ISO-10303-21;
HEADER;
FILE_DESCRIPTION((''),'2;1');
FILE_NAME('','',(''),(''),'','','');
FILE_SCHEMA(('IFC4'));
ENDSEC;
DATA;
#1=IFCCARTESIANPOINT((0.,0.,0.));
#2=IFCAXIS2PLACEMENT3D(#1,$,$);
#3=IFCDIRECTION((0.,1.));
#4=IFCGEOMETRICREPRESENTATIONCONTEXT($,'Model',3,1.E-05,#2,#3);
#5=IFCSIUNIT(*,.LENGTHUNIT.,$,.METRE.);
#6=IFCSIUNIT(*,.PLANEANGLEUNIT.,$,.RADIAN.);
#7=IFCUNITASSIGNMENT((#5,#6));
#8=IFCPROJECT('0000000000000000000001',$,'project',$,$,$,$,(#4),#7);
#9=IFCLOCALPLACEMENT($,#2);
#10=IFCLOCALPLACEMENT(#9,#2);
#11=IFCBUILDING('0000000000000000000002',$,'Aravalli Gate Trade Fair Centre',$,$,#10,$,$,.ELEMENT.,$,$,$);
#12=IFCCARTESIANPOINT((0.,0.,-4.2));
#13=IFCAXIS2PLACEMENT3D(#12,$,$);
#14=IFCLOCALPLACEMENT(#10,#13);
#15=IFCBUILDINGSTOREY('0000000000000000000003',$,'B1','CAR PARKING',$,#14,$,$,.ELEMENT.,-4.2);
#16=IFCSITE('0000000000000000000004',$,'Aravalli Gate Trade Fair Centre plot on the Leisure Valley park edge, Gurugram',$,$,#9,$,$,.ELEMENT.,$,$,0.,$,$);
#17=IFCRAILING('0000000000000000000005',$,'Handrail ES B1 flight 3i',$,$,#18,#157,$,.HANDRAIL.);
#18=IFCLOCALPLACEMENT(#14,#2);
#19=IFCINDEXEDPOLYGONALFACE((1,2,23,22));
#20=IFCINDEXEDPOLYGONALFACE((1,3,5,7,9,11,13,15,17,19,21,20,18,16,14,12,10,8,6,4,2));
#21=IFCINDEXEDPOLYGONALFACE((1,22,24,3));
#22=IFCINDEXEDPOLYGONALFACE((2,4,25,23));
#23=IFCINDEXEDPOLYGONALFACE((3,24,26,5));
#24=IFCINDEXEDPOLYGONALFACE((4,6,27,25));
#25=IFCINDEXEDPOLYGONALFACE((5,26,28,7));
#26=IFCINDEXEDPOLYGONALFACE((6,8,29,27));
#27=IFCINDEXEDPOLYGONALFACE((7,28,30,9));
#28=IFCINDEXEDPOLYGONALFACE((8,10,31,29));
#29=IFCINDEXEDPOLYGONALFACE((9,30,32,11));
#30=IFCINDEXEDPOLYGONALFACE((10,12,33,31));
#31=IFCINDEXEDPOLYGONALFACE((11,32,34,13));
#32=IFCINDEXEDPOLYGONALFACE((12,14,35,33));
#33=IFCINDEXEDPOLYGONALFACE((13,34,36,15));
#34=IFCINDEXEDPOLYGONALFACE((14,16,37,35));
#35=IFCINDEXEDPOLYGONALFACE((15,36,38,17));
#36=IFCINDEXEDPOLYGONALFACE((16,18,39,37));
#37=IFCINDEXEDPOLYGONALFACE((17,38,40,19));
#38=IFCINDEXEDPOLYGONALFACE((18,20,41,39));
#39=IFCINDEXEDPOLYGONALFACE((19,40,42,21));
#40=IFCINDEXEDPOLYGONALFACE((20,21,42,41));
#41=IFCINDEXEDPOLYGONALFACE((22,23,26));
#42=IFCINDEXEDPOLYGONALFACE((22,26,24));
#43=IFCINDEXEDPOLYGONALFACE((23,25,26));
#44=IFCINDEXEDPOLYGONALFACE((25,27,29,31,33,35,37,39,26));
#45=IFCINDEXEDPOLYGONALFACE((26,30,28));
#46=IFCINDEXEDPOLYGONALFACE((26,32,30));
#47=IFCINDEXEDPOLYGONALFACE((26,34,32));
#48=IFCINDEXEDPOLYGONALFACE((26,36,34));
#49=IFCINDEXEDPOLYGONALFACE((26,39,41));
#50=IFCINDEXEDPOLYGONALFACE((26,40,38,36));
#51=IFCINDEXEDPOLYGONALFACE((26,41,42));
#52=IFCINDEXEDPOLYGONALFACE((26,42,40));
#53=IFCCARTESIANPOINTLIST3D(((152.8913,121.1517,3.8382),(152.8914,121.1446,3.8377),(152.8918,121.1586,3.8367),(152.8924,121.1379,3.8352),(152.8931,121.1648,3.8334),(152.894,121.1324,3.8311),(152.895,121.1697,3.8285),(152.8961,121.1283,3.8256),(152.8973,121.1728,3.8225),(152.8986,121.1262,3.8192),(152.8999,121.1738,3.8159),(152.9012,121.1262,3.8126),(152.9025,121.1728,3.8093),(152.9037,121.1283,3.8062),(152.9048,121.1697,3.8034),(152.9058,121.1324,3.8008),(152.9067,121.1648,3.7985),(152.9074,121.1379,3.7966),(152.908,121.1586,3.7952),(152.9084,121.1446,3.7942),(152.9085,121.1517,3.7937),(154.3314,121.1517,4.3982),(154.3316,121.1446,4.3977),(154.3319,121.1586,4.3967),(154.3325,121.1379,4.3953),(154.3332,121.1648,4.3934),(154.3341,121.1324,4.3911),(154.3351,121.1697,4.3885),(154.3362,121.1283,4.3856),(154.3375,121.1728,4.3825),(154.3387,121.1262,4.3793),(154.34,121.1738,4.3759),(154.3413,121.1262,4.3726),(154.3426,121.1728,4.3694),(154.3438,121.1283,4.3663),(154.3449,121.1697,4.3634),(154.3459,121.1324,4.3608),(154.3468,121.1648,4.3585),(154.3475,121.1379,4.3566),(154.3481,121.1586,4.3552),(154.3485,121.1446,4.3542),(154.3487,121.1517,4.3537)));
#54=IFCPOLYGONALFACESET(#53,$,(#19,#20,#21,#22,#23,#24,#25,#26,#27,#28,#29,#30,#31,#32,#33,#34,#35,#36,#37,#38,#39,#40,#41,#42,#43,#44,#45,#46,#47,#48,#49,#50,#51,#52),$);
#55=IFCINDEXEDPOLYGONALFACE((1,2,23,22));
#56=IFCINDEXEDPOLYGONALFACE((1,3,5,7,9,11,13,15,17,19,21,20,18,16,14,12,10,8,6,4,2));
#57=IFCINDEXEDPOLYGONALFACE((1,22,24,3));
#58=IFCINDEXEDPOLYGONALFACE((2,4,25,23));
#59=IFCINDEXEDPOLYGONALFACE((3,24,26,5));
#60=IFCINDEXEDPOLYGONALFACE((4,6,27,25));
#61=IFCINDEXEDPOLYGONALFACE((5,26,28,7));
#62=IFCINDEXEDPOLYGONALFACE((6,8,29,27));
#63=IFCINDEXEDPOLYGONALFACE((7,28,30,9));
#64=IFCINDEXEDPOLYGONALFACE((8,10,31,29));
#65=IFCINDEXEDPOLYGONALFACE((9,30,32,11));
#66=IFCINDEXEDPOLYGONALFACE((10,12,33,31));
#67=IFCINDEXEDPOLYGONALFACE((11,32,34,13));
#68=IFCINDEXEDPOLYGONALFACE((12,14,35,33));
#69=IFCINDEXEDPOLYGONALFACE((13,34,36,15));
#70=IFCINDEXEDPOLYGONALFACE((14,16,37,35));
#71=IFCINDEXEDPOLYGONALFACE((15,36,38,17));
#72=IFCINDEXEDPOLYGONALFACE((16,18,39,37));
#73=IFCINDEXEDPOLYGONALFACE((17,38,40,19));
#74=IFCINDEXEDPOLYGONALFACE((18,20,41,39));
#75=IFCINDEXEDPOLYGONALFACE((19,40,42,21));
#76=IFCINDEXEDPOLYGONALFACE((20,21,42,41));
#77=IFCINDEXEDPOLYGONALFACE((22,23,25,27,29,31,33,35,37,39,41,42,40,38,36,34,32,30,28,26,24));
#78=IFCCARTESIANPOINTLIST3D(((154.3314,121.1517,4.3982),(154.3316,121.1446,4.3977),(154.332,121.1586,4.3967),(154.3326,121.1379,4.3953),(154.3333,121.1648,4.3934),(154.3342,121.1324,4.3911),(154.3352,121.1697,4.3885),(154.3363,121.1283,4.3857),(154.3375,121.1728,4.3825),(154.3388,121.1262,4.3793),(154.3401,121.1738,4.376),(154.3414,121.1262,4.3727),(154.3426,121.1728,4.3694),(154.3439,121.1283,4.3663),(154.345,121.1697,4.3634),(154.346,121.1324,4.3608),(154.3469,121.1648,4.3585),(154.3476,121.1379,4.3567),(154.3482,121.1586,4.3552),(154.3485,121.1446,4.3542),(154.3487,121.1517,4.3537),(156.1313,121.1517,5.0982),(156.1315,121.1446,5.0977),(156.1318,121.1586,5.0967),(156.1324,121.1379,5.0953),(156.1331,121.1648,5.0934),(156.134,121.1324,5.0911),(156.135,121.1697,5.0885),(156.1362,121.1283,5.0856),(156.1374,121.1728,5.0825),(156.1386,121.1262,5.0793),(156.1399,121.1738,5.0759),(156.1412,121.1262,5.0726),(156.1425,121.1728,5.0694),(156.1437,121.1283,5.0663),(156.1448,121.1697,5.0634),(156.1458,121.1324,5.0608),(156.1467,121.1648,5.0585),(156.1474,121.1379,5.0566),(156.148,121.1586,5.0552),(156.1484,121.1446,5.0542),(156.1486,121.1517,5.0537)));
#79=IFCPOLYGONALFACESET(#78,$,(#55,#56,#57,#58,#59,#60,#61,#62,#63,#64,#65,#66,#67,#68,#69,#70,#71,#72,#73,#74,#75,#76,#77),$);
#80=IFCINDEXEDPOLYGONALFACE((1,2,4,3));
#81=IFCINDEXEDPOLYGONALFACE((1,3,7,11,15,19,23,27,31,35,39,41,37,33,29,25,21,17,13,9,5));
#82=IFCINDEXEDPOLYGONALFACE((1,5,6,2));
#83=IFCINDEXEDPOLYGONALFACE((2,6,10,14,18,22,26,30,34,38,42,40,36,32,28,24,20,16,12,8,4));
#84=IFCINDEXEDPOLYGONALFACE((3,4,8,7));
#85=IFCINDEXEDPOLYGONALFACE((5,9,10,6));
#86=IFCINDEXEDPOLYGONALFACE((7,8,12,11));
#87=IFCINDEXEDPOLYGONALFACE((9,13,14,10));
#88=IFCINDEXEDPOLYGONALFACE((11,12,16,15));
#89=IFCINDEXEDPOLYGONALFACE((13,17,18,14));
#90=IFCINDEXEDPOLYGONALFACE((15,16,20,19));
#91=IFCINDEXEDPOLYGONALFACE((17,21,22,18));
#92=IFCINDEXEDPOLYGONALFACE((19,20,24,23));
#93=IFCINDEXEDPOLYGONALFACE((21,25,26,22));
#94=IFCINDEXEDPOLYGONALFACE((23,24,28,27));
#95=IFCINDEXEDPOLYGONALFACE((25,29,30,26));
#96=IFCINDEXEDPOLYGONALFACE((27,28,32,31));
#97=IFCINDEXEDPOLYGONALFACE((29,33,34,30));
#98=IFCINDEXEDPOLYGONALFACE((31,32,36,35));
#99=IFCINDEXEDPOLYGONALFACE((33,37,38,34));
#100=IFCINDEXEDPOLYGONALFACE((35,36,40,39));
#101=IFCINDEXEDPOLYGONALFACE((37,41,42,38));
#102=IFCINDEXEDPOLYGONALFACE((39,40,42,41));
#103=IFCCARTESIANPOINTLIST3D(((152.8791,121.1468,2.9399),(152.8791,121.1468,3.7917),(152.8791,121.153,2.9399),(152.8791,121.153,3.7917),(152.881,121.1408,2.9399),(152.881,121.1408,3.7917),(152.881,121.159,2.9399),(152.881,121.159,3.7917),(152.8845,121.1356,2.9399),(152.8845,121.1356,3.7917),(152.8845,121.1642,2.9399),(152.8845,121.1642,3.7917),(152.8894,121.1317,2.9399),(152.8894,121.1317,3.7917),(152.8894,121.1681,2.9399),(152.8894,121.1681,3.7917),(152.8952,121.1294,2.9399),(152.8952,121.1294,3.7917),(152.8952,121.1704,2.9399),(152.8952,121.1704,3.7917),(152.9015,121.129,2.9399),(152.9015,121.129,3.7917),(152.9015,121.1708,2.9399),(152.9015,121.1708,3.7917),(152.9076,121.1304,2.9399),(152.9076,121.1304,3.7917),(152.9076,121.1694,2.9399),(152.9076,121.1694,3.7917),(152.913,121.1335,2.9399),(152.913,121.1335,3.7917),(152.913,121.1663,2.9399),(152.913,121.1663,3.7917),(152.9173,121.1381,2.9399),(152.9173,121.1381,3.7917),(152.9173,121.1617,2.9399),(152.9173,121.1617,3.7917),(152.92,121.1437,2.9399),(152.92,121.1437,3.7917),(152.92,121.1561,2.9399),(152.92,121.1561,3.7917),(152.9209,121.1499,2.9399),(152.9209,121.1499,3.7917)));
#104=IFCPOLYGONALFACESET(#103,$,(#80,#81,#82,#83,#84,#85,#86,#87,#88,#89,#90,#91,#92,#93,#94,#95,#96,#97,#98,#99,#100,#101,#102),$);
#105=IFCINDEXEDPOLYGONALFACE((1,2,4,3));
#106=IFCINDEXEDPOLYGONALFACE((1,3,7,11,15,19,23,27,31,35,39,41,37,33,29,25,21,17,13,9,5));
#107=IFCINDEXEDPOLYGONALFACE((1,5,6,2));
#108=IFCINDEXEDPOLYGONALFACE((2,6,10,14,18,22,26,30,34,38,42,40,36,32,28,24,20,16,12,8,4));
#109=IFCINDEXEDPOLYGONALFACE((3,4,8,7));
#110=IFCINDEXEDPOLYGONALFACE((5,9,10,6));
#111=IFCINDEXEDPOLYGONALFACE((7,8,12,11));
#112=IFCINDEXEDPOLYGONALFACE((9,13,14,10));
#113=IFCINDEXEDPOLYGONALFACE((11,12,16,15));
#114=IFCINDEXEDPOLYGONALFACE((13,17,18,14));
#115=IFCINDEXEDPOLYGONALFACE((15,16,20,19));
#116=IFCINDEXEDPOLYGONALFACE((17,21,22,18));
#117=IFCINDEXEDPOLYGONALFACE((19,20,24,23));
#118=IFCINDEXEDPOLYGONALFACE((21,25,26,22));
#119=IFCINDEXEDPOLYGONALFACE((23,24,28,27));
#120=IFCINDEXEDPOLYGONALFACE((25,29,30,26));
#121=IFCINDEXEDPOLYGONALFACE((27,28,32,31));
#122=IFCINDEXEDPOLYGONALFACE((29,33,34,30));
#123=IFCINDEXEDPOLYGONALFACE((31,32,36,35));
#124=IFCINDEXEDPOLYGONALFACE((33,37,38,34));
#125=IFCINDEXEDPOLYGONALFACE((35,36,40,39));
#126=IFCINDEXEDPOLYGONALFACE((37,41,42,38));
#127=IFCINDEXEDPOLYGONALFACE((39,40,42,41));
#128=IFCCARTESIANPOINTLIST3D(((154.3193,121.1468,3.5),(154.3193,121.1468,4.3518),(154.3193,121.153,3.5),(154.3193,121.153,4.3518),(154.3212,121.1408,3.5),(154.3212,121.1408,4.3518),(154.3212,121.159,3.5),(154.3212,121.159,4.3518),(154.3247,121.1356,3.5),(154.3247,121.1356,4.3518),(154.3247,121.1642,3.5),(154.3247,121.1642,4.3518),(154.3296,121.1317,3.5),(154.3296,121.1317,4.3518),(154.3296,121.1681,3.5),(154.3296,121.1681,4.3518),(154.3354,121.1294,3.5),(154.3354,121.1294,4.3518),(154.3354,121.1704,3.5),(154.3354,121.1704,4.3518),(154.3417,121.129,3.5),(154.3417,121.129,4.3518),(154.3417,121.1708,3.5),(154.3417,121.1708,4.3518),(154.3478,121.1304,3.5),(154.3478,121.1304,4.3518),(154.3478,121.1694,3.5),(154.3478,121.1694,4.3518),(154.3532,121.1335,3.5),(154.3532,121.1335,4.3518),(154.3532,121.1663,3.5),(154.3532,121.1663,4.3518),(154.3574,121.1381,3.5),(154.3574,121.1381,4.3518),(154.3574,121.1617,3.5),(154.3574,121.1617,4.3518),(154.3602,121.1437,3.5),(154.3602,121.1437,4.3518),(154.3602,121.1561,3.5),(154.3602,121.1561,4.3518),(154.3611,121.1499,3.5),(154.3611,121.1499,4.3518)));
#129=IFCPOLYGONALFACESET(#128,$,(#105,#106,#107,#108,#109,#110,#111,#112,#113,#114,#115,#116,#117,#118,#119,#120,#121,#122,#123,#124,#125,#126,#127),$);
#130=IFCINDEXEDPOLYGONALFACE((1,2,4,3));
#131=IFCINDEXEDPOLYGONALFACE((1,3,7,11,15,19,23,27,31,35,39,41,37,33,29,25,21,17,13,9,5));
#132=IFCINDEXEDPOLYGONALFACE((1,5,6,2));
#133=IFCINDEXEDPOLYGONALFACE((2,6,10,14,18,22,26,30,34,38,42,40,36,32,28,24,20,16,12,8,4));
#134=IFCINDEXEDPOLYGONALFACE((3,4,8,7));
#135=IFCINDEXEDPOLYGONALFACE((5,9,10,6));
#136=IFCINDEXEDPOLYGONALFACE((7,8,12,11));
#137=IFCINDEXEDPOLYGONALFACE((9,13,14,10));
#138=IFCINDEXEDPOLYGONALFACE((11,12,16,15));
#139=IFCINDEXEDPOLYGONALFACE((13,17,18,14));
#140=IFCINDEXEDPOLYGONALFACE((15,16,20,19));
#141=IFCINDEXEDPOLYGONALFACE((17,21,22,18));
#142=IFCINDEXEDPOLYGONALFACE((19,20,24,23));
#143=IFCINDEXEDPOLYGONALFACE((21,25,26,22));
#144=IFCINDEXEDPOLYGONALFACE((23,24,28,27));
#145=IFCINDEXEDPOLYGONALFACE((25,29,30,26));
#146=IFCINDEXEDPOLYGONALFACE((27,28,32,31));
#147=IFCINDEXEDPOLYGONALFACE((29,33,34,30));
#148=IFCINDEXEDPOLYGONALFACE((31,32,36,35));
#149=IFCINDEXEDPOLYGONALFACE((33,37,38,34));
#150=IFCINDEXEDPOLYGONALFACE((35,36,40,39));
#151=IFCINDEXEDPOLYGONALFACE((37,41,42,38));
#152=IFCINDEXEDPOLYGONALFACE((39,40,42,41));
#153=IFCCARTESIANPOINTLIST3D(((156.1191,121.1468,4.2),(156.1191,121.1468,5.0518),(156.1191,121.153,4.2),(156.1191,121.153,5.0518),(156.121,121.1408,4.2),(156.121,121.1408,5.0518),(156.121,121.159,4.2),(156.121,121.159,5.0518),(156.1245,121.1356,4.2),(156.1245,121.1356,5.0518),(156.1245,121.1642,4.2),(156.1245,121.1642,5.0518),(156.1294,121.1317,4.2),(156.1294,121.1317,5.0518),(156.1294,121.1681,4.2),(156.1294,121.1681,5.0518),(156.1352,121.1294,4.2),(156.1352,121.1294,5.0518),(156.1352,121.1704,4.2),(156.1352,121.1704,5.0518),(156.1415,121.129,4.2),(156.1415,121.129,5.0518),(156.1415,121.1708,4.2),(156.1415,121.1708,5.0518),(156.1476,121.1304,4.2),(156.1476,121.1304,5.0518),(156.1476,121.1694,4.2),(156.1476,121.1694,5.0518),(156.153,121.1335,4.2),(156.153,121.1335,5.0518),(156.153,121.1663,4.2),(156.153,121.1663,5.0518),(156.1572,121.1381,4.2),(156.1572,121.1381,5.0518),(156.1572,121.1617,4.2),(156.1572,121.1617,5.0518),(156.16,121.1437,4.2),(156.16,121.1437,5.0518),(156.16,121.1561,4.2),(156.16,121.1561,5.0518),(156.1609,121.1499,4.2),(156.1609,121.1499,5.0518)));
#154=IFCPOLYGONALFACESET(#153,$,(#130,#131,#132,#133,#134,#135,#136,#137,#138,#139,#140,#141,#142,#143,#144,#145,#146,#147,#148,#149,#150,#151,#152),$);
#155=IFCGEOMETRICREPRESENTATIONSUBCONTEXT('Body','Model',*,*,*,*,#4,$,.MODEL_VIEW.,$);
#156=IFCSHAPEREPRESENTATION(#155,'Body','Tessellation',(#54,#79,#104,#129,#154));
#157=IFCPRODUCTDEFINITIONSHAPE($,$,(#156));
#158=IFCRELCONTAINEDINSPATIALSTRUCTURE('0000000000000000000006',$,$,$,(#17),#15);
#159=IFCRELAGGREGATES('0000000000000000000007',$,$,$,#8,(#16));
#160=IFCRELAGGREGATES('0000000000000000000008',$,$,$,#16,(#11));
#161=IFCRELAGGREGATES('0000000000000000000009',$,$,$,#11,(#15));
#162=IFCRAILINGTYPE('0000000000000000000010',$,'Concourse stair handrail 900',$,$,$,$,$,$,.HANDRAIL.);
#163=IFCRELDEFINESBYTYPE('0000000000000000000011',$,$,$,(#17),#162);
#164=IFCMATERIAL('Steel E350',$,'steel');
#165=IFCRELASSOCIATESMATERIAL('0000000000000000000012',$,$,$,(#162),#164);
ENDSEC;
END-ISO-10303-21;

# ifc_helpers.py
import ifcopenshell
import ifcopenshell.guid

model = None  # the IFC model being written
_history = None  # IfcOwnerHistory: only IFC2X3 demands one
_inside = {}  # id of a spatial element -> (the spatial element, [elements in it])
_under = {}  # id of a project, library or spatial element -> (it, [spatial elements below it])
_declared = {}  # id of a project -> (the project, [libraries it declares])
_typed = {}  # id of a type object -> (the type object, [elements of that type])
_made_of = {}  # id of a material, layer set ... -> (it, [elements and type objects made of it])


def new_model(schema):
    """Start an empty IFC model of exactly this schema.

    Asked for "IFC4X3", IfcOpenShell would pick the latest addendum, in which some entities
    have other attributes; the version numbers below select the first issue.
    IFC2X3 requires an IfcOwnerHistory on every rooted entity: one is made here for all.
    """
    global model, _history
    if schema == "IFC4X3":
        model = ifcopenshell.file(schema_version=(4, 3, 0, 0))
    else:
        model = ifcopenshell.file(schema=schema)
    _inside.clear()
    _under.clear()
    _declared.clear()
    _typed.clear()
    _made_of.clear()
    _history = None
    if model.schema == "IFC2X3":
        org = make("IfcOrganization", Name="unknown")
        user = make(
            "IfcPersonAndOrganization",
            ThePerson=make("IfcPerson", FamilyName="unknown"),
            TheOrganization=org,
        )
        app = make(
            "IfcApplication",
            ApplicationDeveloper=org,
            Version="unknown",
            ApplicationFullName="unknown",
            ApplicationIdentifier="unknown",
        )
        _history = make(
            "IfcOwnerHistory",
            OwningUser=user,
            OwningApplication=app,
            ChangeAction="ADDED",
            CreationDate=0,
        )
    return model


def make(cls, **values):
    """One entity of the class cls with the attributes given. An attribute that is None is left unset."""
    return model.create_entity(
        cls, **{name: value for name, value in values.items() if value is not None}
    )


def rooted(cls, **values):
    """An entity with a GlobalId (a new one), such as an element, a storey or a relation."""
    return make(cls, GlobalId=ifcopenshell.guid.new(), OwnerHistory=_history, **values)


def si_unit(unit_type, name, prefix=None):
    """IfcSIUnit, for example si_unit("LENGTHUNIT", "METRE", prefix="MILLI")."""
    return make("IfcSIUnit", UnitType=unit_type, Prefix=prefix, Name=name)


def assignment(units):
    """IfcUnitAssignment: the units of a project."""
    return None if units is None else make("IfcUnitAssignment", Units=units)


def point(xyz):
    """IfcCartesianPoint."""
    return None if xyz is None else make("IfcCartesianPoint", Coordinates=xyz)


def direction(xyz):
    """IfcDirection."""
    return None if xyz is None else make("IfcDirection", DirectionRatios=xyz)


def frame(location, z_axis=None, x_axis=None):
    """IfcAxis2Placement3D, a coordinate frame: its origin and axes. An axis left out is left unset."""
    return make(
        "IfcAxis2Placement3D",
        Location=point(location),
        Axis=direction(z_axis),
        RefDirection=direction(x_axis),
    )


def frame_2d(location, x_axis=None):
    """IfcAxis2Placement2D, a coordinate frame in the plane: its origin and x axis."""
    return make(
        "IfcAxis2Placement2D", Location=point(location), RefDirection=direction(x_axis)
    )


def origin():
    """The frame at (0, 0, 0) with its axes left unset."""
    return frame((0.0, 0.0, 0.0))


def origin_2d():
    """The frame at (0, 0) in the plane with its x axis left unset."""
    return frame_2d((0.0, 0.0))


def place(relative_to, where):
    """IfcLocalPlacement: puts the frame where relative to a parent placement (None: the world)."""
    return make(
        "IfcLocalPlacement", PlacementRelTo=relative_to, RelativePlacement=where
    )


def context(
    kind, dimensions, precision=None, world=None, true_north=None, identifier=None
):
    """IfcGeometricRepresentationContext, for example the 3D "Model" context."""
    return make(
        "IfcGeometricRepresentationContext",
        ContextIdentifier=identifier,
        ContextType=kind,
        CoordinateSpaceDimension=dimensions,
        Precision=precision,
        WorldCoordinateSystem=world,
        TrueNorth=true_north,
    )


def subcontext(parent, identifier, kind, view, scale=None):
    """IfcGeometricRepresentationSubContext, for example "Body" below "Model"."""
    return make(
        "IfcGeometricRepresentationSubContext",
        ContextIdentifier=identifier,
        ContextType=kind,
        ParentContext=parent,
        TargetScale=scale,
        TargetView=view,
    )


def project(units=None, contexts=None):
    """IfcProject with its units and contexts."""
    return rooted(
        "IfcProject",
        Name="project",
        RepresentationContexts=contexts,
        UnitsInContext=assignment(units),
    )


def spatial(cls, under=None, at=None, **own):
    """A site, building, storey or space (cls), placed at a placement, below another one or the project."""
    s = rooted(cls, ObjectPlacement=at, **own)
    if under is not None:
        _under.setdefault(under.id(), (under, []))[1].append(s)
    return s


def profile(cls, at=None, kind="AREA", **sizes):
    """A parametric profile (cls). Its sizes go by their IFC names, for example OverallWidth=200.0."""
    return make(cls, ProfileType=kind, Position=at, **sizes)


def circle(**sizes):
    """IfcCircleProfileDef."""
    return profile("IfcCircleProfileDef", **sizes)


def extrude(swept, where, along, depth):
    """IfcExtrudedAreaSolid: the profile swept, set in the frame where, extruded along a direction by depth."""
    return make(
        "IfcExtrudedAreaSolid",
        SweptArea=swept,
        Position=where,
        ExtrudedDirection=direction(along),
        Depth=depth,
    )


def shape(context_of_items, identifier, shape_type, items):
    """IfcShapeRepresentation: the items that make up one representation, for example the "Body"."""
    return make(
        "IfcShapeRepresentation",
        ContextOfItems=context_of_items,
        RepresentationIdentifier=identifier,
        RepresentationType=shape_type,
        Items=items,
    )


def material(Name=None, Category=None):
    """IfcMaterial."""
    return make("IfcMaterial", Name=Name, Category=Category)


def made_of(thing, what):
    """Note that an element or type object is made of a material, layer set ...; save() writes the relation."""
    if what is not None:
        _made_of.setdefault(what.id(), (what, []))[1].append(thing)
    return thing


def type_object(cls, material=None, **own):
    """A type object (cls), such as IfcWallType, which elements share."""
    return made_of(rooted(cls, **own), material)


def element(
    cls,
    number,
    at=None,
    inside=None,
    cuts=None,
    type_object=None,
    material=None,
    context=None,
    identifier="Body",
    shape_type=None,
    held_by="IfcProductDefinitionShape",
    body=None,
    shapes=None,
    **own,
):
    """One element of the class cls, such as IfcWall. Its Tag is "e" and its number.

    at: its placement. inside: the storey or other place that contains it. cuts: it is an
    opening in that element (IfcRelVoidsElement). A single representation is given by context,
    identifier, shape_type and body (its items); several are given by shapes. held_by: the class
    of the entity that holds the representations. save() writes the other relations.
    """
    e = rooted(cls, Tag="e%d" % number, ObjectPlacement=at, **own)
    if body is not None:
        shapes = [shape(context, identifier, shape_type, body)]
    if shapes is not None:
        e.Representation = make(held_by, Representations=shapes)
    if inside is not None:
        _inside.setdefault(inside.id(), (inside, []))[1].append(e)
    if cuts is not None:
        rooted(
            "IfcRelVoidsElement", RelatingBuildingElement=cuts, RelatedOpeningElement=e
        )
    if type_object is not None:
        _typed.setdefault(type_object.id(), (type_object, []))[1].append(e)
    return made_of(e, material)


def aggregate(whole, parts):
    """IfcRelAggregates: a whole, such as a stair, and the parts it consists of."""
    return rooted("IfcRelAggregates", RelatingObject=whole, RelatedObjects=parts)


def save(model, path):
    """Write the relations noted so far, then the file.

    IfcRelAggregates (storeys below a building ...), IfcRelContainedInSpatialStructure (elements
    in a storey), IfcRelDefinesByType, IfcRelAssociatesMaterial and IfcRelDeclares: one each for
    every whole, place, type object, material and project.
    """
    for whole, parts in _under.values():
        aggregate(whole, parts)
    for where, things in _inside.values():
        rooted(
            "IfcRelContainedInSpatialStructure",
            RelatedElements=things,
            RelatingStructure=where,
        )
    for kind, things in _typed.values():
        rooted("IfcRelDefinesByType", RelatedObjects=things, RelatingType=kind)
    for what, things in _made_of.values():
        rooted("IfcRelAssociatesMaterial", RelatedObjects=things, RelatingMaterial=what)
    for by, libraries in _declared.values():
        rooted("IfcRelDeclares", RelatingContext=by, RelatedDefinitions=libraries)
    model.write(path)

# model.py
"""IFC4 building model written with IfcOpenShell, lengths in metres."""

from ifc_helpers import new_model, si_unit, direction, frame, origin, origin_2d, place, context, subcontext, project, spatial, circle, extrude, material, type_object, element, save


model = new_model("IFC4")

# Units and contexts
model_context = context("Model", 3, precision=1e-05, world=origin(), true_north=direction((0.0, 1.0)))
body_context = subcontext(model_context, "Body", "Model", "MODEL_VIEW")
ifc_project = project(units=[si_unit("LENGTHUNIT", "METRE"), si_unit("PLANEANGLEUNIT", "RADIAN")], contexts=[model_context])

# Site, building, storey
site_placement = place(None, origin())
site = spatial("IfcSite", under=ifc_project, at=site_placement, Name="Aravalli Gate Trade Fair Centre plot on the Leisure Valley park edge, Gurugram", CompositionType="ELEMENT", RefElevation=0.0)
building_placement = place(site_placement, origin())
building = spatial("IfcBuilding", under=site, at=building_placement, Name="Aravalli Gate Trade Fair Centre", CompositionType="ELEMENT")
storey_placement = place(building_placement, frame((0.0, 0.0, -4.2)))
storey = spatial("IfcBuildingStorey", under=building, at=storey_placement, Name="B1", Description="CAR PARKING", CompositionType="ELEMENT", Elevation=-4.2)

# Shared definitions
ifc_material_1 = material(Name="Steel E350", Category="steel")

# Railing
railing_type = type_object("IfcRailingType", Name="Concourse stair handrail 900", PredefinedType="HANDRAIL", material=ifc_material_1)
for number, where, name in (
    (1, (152.8999, 121.1499, 2.9399), "Handrail ES B1 flight 3i"),
):
    element("IfcRailing", number, at=place(storey_placement, frame(where)), inside=storey, type_object=railing_type, Name=name, PredefinedType="HANDRAIL", context=body_context, shape_type="SweptSolid", body=[
        extrude(circle(Radius=0.0239, at=origin_2d()), frame((0.0, 0.0, 0.876), z_axis=(0.932008, 0.0, 0.362439), x_axis=(0.0, 1.0, 0.0)), (0.0, 0.0, 1.0), 1.5452),
        extrude(circle(Radius=0.0239, at=origin_2d()), frame((1.4402, 0.0, 1.436), z_axis=(0.932, 0.0, 0.362458), x_axis=(0.0, 1.0, 0.0)), (0.0, 0.0, 1.0), 1.9312),
        extrude(circle(Radius=0.021, at=origin_2d()), origin(), (0.0, 0.0, 1.0), 0.8518),
        extrude(circle(Radius=0.021, at=origin_2d()), frame((1.4402, 0.0, 0.5601)), (0.0, 0.0, 1.0), 0.8518),
        extrude(circle(Radius=0.021, at=origin_2d()), frame((3.24, 0.0, 1.26)), (0.0, 0.0, 1.0), 0.8518),
    ])

save(model, "model.ifc")
